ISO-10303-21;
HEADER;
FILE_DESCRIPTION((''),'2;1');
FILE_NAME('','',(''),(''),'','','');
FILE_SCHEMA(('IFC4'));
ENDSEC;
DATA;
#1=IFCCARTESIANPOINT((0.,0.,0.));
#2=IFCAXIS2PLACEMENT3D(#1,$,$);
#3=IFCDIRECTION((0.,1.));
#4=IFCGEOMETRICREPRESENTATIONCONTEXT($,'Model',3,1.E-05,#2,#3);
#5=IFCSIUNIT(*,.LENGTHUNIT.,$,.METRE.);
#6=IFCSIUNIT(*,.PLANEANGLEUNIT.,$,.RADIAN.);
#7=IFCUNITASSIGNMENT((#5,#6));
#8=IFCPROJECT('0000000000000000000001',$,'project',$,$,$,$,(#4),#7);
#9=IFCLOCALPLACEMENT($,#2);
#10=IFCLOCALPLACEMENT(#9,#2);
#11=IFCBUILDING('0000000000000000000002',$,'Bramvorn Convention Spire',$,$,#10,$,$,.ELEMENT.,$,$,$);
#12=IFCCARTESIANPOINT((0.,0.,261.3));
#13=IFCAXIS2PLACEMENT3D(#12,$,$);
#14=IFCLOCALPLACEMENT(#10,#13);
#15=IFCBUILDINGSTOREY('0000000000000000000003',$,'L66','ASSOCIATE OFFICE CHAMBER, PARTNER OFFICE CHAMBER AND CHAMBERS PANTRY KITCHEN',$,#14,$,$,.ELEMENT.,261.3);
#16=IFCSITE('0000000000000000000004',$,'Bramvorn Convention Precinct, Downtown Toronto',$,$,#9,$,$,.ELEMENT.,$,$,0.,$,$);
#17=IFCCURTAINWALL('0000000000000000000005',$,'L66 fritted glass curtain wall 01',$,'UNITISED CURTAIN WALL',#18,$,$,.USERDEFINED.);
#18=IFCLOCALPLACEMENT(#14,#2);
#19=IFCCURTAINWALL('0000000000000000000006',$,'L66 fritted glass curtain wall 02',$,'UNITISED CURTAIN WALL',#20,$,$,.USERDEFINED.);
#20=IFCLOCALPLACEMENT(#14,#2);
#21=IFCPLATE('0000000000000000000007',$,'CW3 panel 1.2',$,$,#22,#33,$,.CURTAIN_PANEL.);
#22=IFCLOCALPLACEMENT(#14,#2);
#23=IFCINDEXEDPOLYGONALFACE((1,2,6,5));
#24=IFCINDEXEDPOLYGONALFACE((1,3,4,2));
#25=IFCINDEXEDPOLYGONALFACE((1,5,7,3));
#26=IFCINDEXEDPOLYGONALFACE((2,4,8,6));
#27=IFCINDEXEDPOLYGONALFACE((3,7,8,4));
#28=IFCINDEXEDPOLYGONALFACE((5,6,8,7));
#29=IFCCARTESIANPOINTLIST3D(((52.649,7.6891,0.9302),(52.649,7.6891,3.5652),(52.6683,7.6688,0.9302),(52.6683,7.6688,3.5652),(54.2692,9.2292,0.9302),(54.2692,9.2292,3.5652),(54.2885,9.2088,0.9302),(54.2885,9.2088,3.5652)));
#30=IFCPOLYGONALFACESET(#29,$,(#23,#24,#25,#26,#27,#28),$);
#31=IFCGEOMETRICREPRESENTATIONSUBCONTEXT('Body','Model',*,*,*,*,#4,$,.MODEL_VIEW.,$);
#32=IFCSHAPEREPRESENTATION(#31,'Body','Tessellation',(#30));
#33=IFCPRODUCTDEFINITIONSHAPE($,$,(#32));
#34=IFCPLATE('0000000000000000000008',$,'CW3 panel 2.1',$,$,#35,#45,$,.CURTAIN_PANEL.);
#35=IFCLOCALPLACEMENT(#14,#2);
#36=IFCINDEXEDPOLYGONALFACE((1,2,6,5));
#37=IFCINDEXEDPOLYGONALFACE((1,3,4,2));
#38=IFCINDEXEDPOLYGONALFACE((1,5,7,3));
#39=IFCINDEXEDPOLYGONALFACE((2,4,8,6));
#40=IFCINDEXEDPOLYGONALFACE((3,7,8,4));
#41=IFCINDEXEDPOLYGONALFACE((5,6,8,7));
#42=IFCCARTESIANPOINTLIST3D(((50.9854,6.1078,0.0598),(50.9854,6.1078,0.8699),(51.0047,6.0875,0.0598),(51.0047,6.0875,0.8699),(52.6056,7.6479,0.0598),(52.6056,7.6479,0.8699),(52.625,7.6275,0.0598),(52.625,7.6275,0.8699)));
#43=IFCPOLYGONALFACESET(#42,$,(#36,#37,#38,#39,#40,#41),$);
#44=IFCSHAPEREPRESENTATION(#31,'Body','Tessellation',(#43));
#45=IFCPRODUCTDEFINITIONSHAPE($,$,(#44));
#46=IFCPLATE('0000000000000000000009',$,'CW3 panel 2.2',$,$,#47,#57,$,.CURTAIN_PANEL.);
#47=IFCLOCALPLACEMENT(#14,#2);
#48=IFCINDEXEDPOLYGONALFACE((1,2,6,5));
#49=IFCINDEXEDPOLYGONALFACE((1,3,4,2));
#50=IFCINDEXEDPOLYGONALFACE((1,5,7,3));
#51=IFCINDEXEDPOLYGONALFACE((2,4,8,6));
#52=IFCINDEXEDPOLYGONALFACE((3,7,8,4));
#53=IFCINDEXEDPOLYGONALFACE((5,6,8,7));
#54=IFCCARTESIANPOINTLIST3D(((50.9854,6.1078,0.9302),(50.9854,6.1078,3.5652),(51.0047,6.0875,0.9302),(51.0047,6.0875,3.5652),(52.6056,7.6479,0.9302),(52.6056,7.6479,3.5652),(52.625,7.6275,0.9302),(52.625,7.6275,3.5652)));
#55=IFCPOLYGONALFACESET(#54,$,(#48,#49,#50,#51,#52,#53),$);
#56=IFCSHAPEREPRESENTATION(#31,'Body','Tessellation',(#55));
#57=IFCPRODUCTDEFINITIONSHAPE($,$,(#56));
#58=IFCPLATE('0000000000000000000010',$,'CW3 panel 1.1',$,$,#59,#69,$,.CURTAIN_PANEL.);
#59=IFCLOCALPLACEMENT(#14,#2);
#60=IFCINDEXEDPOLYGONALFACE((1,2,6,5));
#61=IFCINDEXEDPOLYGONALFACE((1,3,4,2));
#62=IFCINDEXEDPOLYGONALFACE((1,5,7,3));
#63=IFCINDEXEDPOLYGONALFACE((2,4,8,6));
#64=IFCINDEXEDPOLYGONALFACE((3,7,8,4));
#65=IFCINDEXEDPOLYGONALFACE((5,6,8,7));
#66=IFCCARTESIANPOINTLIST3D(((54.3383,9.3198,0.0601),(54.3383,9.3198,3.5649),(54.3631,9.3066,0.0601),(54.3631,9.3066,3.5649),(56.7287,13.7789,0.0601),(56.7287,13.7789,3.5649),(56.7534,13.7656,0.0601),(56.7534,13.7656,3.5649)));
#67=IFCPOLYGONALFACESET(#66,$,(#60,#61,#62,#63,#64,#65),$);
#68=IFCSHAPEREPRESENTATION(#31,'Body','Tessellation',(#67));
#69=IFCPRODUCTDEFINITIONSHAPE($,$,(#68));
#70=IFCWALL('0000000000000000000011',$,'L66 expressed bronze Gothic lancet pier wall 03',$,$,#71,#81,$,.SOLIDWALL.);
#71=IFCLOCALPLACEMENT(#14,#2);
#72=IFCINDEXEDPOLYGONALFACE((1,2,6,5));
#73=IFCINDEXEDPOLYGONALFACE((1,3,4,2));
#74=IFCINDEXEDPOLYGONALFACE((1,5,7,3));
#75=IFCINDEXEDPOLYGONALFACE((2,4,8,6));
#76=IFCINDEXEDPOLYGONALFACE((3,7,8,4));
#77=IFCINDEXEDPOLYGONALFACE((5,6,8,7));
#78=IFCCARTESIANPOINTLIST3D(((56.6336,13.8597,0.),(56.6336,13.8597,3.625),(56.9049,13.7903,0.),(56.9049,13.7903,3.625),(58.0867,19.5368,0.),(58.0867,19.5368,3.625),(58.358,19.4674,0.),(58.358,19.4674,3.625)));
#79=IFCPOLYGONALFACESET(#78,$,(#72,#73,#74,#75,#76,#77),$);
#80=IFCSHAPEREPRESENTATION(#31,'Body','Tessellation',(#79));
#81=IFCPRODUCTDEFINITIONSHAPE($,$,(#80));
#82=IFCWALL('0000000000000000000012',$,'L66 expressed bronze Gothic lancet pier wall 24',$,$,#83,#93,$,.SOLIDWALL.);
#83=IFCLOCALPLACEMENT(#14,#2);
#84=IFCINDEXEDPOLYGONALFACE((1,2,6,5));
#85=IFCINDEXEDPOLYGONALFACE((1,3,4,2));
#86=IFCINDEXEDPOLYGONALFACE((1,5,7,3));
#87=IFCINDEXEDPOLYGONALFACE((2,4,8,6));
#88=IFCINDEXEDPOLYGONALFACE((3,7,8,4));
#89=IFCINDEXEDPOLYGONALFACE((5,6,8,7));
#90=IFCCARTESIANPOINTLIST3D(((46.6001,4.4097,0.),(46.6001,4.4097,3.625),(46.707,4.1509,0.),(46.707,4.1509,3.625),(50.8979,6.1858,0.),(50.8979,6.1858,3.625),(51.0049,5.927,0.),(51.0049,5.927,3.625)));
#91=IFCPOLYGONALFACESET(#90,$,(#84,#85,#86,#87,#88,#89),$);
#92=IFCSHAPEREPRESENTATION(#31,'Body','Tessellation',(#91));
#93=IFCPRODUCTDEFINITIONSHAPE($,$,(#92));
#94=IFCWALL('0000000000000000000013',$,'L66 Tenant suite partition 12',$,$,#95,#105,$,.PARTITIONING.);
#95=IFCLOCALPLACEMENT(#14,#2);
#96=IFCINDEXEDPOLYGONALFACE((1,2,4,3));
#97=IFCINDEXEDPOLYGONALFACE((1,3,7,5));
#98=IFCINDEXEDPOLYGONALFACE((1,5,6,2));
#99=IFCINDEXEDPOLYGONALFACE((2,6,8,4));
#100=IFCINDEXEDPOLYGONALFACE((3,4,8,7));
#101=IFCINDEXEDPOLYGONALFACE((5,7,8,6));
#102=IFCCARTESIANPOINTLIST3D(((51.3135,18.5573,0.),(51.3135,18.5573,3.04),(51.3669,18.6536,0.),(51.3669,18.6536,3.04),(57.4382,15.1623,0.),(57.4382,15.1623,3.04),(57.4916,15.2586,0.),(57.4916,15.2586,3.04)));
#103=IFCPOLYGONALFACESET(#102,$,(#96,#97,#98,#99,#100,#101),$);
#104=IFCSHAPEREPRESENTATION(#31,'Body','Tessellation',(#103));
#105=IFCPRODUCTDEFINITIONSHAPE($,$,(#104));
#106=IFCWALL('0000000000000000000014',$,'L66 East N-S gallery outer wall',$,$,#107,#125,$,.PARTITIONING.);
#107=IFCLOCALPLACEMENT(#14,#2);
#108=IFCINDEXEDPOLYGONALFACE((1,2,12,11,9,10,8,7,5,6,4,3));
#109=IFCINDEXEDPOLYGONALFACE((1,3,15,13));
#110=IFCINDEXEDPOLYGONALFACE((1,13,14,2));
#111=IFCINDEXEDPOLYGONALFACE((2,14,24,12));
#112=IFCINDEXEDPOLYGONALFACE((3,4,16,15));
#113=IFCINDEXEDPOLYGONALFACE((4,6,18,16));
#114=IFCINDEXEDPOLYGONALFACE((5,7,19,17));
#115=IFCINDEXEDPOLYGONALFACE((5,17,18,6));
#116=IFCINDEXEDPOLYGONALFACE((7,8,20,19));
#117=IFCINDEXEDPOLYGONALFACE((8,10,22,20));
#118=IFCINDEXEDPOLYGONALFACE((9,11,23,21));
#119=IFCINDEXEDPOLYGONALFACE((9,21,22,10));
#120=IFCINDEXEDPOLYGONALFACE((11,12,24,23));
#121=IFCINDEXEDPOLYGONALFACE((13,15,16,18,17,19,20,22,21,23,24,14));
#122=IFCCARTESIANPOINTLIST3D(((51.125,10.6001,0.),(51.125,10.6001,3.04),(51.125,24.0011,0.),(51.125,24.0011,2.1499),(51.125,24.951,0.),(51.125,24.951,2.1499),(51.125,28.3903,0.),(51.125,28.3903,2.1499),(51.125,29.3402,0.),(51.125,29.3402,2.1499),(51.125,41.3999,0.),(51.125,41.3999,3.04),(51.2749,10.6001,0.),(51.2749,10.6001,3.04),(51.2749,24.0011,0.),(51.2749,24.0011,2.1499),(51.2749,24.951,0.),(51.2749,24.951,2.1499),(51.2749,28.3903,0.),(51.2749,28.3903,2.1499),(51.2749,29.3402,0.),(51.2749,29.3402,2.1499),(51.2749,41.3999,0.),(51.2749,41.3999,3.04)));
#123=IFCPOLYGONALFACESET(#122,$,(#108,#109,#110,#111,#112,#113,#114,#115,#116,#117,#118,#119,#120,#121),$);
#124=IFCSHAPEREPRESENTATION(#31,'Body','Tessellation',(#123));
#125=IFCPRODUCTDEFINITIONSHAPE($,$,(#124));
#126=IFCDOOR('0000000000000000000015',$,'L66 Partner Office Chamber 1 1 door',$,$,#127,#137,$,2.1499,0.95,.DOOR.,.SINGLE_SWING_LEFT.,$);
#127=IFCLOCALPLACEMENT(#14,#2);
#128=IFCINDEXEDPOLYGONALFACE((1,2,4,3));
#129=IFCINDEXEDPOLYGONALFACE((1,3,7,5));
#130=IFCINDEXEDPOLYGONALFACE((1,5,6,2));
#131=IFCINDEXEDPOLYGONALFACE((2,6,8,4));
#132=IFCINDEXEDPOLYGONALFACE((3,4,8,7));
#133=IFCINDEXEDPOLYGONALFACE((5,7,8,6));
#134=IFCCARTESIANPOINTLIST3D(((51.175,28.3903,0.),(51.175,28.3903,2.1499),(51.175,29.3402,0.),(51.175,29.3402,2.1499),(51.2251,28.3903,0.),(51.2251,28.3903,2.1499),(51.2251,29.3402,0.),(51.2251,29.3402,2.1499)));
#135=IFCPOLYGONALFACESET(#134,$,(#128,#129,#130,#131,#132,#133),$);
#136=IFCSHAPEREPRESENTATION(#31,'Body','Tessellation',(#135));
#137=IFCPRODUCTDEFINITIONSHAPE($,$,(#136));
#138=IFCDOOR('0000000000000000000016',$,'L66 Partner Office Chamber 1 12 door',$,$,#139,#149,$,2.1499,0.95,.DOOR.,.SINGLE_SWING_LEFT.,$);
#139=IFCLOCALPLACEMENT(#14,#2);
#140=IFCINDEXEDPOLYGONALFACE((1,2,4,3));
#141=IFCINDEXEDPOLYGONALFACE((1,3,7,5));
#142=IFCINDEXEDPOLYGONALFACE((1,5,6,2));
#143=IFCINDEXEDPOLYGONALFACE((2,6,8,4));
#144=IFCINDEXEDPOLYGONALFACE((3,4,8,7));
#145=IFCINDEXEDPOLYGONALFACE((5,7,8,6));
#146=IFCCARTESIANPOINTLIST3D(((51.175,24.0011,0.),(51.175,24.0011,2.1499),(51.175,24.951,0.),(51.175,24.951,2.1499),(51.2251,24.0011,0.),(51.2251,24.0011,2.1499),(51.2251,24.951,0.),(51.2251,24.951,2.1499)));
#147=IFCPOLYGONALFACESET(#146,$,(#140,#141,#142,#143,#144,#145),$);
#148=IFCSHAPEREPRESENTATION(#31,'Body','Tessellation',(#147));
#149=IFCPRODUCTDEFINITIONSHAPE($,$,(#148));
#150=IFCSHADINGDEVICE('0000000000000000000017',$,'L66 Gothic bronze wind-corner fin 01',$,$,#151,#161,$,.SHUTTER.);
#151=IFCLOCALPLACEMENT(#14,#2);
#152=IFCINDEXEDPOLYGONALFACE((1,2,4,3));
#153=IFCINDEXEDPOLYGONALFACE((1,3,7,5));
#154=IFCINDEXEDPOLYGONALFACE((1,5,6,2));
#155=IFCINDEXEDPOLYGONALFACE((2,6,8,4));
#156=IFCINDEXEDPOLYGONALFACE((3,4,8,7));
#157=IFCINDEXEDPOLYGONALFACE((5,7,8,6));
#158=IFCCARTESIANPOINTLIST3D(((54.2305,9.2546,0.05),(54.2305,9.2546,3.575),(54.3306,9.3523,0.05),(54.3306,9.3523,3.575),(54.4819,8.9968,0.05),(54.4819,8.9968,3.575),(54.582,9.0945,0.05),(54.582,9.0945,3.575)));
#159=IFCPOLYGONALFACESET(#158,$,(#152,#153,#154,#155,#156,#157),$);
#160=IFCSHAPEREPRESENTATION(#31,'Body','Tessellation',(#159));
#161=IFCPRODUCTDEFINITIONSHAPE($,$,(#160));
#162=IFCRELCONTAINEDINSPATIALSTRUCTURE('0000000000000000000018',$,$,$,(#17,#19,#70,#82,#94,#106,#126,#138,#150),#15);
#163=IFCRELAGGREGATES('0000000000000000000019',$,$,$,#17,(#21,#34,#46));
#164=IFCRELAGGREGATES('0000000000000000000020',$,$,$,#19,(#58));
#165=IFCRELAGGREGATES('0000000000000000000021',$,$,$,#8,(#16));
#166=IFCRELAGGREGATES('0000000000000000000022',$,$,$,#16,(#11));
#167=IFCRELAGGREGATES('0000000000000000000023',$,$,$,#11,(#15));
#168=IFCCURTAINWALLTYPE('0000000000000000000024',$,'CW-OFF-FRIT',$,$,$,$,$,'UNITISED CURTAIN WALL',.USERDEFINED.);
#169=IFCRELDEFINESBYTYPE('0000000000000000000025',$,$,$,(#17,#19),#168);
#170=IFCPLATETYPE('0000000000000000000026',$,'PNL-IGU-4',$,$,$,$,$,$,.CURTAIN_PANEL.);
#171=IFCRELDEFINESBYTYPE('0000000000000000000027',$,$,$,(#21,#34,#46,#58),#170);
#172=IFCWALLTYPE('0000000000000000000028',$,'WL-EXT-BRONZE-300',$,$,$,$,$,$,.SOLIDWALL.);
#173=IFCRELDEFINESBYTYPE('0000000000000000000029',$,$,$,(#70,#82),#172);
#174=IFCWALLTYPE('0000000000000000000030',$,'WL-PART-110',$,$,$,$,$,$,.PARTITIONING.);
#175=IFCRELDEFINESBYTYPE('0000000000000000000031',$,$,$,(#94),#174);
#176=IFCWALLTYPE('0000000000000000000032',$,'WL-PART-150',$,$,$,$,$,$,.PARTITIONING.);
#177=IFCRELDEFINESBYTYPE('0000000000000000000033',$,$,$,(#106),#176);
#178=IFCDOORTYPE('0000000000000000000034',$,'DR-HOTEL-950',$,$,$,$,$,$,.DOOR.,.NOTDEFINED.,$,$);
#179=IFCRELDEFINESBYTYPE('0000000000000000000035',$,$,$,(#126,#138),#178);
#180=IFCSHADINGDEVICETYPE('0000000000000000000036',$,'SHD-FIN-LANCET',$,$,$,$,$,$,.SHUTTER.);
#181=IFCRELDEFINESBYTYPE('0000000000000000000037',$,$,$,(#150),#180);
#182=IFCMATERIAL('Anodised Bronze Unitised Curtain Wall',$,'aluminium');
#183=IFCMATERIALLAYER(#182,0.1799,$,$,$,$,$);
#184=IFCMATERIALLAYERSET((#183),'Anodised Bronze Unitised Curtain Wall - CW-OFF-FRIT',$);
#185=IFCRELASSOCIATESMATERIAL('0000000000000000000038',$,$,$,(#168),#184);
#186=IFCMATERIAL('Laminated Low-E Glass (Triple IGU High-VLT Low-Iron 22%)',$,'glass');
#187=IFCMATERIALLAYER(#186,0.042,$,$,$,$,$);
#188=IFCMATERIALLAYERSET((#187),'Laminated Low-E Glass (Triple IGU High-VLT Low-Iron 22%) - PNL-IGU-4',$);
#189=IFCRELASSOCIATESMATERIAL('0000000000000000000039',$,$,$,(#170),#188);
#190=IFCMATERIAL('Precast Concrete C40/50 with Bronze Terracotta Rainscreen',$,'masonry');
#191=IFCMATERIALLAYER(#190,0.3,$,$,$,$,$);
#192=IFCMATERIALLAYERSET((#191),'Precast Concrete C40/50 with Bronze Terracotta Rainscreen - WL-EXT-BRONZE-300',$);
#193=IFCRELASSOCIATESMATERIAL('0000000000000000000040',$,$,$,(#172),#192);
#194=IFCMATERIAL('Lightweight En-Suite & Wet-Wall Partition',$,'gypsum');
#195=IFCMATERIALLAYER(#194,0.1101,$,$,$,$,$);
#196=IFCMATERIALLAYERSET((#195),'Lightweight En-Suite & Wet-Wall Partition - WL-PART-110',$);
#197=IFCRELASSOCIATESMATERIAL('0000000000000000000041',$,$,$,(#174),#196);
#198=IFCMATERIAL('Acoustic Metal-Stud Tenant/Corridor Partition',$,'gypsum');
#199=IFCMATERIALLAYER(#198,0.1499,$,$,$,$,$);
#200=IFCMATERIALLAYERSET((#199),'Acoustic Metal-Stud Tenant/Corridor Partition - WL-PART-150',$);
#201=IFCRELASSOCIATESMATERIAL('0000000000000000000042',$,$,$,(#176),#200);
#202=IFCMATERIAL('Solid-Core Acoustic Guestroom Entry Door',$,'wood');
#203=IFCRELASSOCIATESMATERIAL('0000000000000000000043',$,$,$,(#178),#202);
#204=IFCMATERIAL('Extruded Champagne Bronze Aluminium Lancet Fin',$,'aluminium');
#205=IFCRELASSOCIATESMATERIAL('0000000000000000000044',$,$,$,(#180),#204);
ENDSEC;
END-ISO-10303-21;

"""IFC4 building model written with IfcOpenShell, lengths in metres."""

from ifc_helpers import new_model, si_unit, direction, frame, frame_2d, origin, origin_2d, place, context, subcontext, project, spatial, rectangle, extrude, material, layer, layer_set, type_object, element, fill, aggregate, save


model = new_model("IFC4")

# Units and contexts
model_context = context("Model", 3, precision=1e-05, world=origin(), true_north=direction((0.0, 1.0)))
body_context = subcontext(model_context, "Body", "Model", "MODEL_VIEW")
ifc_project = project(units=[si_unit("LENGTHUNIT", "METRE"), si_unit("PLANEANGLEUNIT", "RADIAN")], contexts=[model_context])

# Site, building, storey
site_placement = place(None, origin())
site = spatial("IfcSite", under=ifc_project, at=site_placement, Name="Bramvorn Convention Precinct, Downtown Toronto", CompositionType="ELEMENT", RefElevation=0.0)
building_placement = place(site_placement, origin())
building = spatial("IfcBuilding", under=site, at=building_placement, Name="Bramvorn Convention Spire", CompositionType="ELEMENT")
storey_placement = place(building_placement, frame((0.0, 0.0, 261.3)))
storey = spatial("IfcBuildingStorey", under=building, at=storey_placement, Name="L66", Description="ASSOCIATE OFFICE CHAMBER, PARTNER OFFICE CHAMBER AND CHAMBERS PANTRY KITCHEN", CompositionType="ELEMENT", Elevation=261.3)

# Curtain walls
ifc_material_1 = material(Name="Anodised Bronze Unitised Curtain Wall", Category="aluminium")
ifc_layer_1 = layer(ifc_material_1, 0.1799)
ifc_layer_set_1 = layer_set([ifc_layer_1], Name="Anodised Bronze Unitised Curtain Wall - CW-OFF-FRIT")
curtain_wall_type = type_object("IfcCurtainWallType", Name="CW-OFF-FRIT", ElementType="UNITISED CURTAIN WALL", PredefinedType="USERDEFINED", material=ifc_layer_set_1)
curtain_wall_1_placement = place(storey_placement, origin())
curtain_wall_1 = element("IfcCurtainWall", 1, at=curtain_wall_1_placement, inside=storey, type_object=curtain_wall_type, Name="L66 fritted glass curtain wall 01", ObjectType="UNITISED CURTAIN WALL", PredefinedType="USERDEFINED")
curtain_wall_2_placement = place(storey_placement, origin())
curtain_wall_2 = element("IfcCurtainWall", 2, at=curtain_wall_2_placement, inside=storey, type_object=curtain_wall_type, Name="L66 fritted glass curtain wall 02", ObjectType="UNITISED CURTAIN WALL", PredefinedType="USERDEFINED")

# Plates
ifc_material_2 = material(Name="Laminated Low-E Glass (Triple IGU High-VLT Low-Iron 22%)", Category="glass")
ifc_layer_2 = layer(ifc_material_2, 0.042)
ifc_layer_set_2 = layer_set([ifc_layer_2], Name="Laminated Low-E Glass (Triple IGU High-VLT Low-Iron 22%) - PNL-IGU-4")
plate_type = type_object("IfcPlateType", Name="PNL-IGU-4", PredefinedType="CURTAIN_PANEL", material=ifc_layer_set_2)
plate_1_placement = place(storey_placement, frame((53.4688, 8.449, 0.9302), z_axis=(0.0, 0.0, 1.0), x_axis=(-0.724823, -0.688935, 0.0)))
plate_1 = element("IfcPlate", 3, at=plate_1_placement, type_object=plate_type, Name="CW3 panel 1.2", PredefinedType="CURTAIN_PANEL", context=body_context, shape_type="SweptSolid", body=[
    extrude(rectangle(XDim=2.2354, YDim=0.0281, at=origin_2d()), origin(), (0.0, 0.0, 1.0), 2.635),
])
plate_2_placement = place(storey_placement, frame((51.8052, 6.8677, 0.0598), z_axis=(0.0, 0.0, 1.0), x_axis=(-0.724823, -0.688935, 0.0)))
plate_2 = element("IfcPlate", 4, at=plate_2_placement, type_object=plate_type, Name="CW3 panel 2.1", PredefinedType="CURTAIN_PANEL", context=body_context, shape_type="SweptSolid", body=[
    extrude(rectangle(XDim=2.2354, YDim=0.0281, at=origin_2d()), origin(), (0.0, 0.0, 1.0), 0.8101),
])
plate_3_placement = place(storey_placement, frame((51.8052, 6.8677, 0.9302), z_axis=(0.0, 0.0, 1.0), x_axis=(-0.724823, -0.688935, 0.0)))
plate_3 = element("IfcPlate", 5, at=plate_3_placement, type_object=plate_type, Name="CW3 panel 2.2", PredefinedType="CURTAIN_PANEL", context=body_context, shape_type="SweptSolid", body=[
    extrude(rectangle(XDim=2.2354, YDim=0.0281, at=origin_2d()), origin(), (0.0, 0.0, 1.0), 2.635),
])
aggregate(curtain_wall_1, [plate_1, plate_2, plate_3])
plate_4_placement = place(storey_placement, frame((55.5459, 11.5427, 0.0601), z_axis=(0.0, 0.0, 1.0), x_axis=(-0.472465, -0.881349, 0.0)))
plate_4 = element("IfcPlate", 6, at=plate_4_placement, type_object=plate_type, Name="CW3 panel 1.1", PredefinedType="CURTAIN_PANEL", context=body_context, shape_type="SweptSolid", body=[
    extrude(rectangle(XDim=5.0593, YDim=0.0281, at=origin_2d()), origin(), (0.0, 0.0, 1.0), 3.5049),
])
aggregate(curtain_wall_2, [plate_4])

# Walls
ifc_material_3 = material(Name="Precast Concrete C40/50 with Bronze Terracotta Rainscreen", Category="masonry")
ifc_layer_3 = layer(ifc_material_3, 0.3)
ifc_layer_set_3 = layer_set([ifc_layer_3], Name="Precast Concrete C40/50 with Bronze Terracotta Rainscreen - WL-EXT-BRONZE-300")
wall_type_1 = type_object("IfcWallType", Name="WL-EXT-BRONZE-300", PredefinedType="SOLIDWALL", material=ifc_layer_set_3)
wall_1_placement = place(storey_placement, frame((58.2224, 19.5022, 0.0), z_axis=(0.0, 0.0, 1.0), x_axis=(-0.247972, -0.968767, 0.0)))
element("IfcWall", 7, at=wall_1_placement, inside=storey, type_object=wall_type_1, Name="L66 expressed bronze Gothic lancet pier wall 03", PredefinedType="SOLIDWALL", context=body_context, shape_type="SweptSolid", body=[
    extrude(rectangle(XDim=5.8601, YDim=0.28, at=frame_2d((2.9302, 0.0))), origin(), (0.0, 0.0, 1.0), 3.625),
])
wall_2_placement = place(storey_placement, frame((50.9514, 6.0564, 0.0), z_axis=(0.0, 0.0, 1.0), x_axis=(-0.924191, -0.38193, 0.0)))
element("IfcWall", 8, at=wall_2_placement, inside=storey, type_object=wall_type_1, Name="L66 expressed bronze Gothic lancet pier wall 24", PredefinedType="SOLIDWALL", context=body_context, shape_type="SweptSolid", body=[
    extrude(rectangle(XDim=4.6504, YDim=0.28, at=frame_2d((2.3252, 0.0))), origin(), (0.0, 0.0, 1.0), 3.625),
])
ifc_material_4 = material(Name="Lightweight En-Suite & Wet-Wall Partition", Category="gypsum")
ifc_layer_4 = layer(ifc_material_4, 0.1101)
ifc_layer_set_4 = layer_set([ifc_layer_4], Name="Lightweight En-Suite & Wet-Wall Partition - WL-PART-110")
wall_type_2 = type_object("IfcWallType", Name="WL-PART-110", PredefinedType="PARTITIONING", material=ifc_layer_set_4)
wall_3_placement = place(storey_placement, frame((51.3401, 18.6055, 0.0), z_axis=(0.0, 0.0, 1.0), x_axis=(0.874619, -0.484811, 0.0)))
element("IfcWall", 9, at=wall_3_placement, inside=storey, type_object=wall_type_2, Name="L66 Tenant suite partition 12", PredefinedType="PARTITIONING", context=body_context, shape_type="SweptSolid", body=[
    extrude(rectangle(XDim=7.0027, YDim=0.1101, at=frame_2d((3.5015, 0.0))), origin(), (0.0, 0.0, 1.0), 3.04),
])

# Wall, openings, doors
ifc_material_5 = material(Name="Acoustic Metal-Stud Tenant/Corridor Partition", Category="gypsum")
ifc_layer_5 = layer(ifc_material_5, 0.1499)
ifc_layer_set_5 = layer_set([ifc_layer_5], Name="Acoustic Metal-Stud Tenant/Corridor Partition - WL-PART-150")
wall_type_3 = type_object("IfcWallType", Name="WL-PART-150", PredefinedType="PARTITIONING", material=ifc_layer_set_5)
wall_4_placement = place(storey_placement, frame((51.2, 10.6001, 0.0), z_axis=(0.0, 0.0, 1.0), x_axis=(0.0, 1.0, 0.0)))
wall_4 = element("IfcWall", 10, at=wall_4_placement, inside=storey, type_object=wall_type_3, Name="L66 East N-S gallery outer wall", PredefinedType="PARTITIONING", context=body_context, shape_type="SweptSolid", body=[
    extrude(rectangle(XDim=30.7998, YDim=0.1499, at=frame_2d((15.3999, 0.0))), origin(), (0.0, 0.0, 1.0), 3.04),
])
opening_1_placement = place(wall_4_placement, frame((17.79, 0.0, 0.0)))
opening_1 = element("IfcOpeningElement", 11, at=opening_1_placement, cuts=wall_4, PredefinedType="OPENING", context=body_context, shape_type="SweptSolid", body=[
    extrude(rectangle(XDim=0.95, YDim=2.1499, at=frame_2d((0.4751, 1.075))), frame((0.0, 0.085, 0.0), z_axis=(0.0, -1.0, 0.0), x_axis=(1.0, 0.0, 0.0)), (0.0, 0.0, 1.0), 0.1699),
])
opening_2_placement = place(wall_4_placement, frame((13.4009, 0.0, 0.0)))
opening_2 = element("IfcOpeningElement", 12, at=opening_2_placement, cuts=wall_4, PredefinedType="OPENING", context=body_context, shape_type="SweptSolid", body=[
    extrude(rectangle(XDim=0.95, YDim=2.1499, at=frame_2d((0.4751, 1.075))), frame((0.0, 0.085, 0.0), z_axis=(0.0, -1.0, 0.0), x_axis=(1.0, 0.0, 0.0)), (0.0, 0.0, 1.0), 0.1699),
])
ifc_material_6 = material(Name="Solid-Core Acoustic Guestroom Entry Door", Category="wood")
door_type = type_object("IfcDoorType", Name="DR-HOTEL-950", OperationType="NOTDEFINED", PredefinedType="DOOR", material=ifc_material_6)
door_1_placement = place(opening_1_placement, origin())
door_1 = element("IfcDoor", 13, at=door_1_placement, inside=storey, type_object=door_type, Name="L66 Partner Office Chamber 1 1 door", OperationType="SINGLE_SWING_LEFT", OverallHeight=2.1499, OverallWidth=0.95, PredefinedType="DOOR", context=body_context, shape_type="SweptSolid", body=[
    extrude(rectangle(XDim=0.95, YDim=2.1499, at=frame_2d((0.4751, 1.075))), frame((0.0, 0.0249, 0.0), z_axis=(0.0, -1.0, 0.0), x_axis=(1.0, 0.0, 0.0)), (0.0, 0.0, 1.0), 0.05),
])
fill(opening_1, door_1)
door_2_placement = place(opening_2_placement, origin())
door_2 = element("IfcDoor", 14, at=door_2_placement, inside=storey, type_object=door_type, Name="L66 Partner Office Chamber 1 12 door", OperationType="SINGLE_SWING_LEFT", OverallHeight=2.1499, OverallWidth=0.95, PredefinedType="DOOR", context=body_context, shape_type="SweptSolid", body=[
    extrude(rectangle(XDim=0.95, YDim=2.1499, at=frame_2d((0.4751, 1.075))), frame((0.0, 0.0249, 0.0), z_axis=(0.0, -1.0, 0.0), x_axis=(1.0, 0.0, 0.0)), (0.0, 0.0, 1.0), 0.05),
])
fill(opening_2, door_2)

# Shading device
ifc_material_7 = material(Name="Extruded Champagne Bronze Aluminium Lancet Fin", Category="aluminium")
shading_device_type = type_object("IfcShadingDeviceType", Name="SHD-FIN-LANCET", PredefinedType="SHUTTER", material=ifc_material_7)
shading_device_placement = place(storey_placement, frame((54.4062, 9.1746, 0.05), z_axis=(0.0, 0.0, 1.0), x_axis=(0.698128, -0.715973, 0.0)))
element("IfcShadingDevice", 15, at=shading_device_placement, inside=storey, type_object=shading_device_type, Name="L66 Gothic bronze wind-corner fin 01", PredefinedType="SHUTTER", context=body_context, shape_type="SweptSolid", body=[
    extrude(rectangle(XDim=0.3601, YDim=0.1399, at=origin_2d()), origin(), (0.0, 0.0, 1.0), 3.5249),
])

save(model, "model.ifc")
